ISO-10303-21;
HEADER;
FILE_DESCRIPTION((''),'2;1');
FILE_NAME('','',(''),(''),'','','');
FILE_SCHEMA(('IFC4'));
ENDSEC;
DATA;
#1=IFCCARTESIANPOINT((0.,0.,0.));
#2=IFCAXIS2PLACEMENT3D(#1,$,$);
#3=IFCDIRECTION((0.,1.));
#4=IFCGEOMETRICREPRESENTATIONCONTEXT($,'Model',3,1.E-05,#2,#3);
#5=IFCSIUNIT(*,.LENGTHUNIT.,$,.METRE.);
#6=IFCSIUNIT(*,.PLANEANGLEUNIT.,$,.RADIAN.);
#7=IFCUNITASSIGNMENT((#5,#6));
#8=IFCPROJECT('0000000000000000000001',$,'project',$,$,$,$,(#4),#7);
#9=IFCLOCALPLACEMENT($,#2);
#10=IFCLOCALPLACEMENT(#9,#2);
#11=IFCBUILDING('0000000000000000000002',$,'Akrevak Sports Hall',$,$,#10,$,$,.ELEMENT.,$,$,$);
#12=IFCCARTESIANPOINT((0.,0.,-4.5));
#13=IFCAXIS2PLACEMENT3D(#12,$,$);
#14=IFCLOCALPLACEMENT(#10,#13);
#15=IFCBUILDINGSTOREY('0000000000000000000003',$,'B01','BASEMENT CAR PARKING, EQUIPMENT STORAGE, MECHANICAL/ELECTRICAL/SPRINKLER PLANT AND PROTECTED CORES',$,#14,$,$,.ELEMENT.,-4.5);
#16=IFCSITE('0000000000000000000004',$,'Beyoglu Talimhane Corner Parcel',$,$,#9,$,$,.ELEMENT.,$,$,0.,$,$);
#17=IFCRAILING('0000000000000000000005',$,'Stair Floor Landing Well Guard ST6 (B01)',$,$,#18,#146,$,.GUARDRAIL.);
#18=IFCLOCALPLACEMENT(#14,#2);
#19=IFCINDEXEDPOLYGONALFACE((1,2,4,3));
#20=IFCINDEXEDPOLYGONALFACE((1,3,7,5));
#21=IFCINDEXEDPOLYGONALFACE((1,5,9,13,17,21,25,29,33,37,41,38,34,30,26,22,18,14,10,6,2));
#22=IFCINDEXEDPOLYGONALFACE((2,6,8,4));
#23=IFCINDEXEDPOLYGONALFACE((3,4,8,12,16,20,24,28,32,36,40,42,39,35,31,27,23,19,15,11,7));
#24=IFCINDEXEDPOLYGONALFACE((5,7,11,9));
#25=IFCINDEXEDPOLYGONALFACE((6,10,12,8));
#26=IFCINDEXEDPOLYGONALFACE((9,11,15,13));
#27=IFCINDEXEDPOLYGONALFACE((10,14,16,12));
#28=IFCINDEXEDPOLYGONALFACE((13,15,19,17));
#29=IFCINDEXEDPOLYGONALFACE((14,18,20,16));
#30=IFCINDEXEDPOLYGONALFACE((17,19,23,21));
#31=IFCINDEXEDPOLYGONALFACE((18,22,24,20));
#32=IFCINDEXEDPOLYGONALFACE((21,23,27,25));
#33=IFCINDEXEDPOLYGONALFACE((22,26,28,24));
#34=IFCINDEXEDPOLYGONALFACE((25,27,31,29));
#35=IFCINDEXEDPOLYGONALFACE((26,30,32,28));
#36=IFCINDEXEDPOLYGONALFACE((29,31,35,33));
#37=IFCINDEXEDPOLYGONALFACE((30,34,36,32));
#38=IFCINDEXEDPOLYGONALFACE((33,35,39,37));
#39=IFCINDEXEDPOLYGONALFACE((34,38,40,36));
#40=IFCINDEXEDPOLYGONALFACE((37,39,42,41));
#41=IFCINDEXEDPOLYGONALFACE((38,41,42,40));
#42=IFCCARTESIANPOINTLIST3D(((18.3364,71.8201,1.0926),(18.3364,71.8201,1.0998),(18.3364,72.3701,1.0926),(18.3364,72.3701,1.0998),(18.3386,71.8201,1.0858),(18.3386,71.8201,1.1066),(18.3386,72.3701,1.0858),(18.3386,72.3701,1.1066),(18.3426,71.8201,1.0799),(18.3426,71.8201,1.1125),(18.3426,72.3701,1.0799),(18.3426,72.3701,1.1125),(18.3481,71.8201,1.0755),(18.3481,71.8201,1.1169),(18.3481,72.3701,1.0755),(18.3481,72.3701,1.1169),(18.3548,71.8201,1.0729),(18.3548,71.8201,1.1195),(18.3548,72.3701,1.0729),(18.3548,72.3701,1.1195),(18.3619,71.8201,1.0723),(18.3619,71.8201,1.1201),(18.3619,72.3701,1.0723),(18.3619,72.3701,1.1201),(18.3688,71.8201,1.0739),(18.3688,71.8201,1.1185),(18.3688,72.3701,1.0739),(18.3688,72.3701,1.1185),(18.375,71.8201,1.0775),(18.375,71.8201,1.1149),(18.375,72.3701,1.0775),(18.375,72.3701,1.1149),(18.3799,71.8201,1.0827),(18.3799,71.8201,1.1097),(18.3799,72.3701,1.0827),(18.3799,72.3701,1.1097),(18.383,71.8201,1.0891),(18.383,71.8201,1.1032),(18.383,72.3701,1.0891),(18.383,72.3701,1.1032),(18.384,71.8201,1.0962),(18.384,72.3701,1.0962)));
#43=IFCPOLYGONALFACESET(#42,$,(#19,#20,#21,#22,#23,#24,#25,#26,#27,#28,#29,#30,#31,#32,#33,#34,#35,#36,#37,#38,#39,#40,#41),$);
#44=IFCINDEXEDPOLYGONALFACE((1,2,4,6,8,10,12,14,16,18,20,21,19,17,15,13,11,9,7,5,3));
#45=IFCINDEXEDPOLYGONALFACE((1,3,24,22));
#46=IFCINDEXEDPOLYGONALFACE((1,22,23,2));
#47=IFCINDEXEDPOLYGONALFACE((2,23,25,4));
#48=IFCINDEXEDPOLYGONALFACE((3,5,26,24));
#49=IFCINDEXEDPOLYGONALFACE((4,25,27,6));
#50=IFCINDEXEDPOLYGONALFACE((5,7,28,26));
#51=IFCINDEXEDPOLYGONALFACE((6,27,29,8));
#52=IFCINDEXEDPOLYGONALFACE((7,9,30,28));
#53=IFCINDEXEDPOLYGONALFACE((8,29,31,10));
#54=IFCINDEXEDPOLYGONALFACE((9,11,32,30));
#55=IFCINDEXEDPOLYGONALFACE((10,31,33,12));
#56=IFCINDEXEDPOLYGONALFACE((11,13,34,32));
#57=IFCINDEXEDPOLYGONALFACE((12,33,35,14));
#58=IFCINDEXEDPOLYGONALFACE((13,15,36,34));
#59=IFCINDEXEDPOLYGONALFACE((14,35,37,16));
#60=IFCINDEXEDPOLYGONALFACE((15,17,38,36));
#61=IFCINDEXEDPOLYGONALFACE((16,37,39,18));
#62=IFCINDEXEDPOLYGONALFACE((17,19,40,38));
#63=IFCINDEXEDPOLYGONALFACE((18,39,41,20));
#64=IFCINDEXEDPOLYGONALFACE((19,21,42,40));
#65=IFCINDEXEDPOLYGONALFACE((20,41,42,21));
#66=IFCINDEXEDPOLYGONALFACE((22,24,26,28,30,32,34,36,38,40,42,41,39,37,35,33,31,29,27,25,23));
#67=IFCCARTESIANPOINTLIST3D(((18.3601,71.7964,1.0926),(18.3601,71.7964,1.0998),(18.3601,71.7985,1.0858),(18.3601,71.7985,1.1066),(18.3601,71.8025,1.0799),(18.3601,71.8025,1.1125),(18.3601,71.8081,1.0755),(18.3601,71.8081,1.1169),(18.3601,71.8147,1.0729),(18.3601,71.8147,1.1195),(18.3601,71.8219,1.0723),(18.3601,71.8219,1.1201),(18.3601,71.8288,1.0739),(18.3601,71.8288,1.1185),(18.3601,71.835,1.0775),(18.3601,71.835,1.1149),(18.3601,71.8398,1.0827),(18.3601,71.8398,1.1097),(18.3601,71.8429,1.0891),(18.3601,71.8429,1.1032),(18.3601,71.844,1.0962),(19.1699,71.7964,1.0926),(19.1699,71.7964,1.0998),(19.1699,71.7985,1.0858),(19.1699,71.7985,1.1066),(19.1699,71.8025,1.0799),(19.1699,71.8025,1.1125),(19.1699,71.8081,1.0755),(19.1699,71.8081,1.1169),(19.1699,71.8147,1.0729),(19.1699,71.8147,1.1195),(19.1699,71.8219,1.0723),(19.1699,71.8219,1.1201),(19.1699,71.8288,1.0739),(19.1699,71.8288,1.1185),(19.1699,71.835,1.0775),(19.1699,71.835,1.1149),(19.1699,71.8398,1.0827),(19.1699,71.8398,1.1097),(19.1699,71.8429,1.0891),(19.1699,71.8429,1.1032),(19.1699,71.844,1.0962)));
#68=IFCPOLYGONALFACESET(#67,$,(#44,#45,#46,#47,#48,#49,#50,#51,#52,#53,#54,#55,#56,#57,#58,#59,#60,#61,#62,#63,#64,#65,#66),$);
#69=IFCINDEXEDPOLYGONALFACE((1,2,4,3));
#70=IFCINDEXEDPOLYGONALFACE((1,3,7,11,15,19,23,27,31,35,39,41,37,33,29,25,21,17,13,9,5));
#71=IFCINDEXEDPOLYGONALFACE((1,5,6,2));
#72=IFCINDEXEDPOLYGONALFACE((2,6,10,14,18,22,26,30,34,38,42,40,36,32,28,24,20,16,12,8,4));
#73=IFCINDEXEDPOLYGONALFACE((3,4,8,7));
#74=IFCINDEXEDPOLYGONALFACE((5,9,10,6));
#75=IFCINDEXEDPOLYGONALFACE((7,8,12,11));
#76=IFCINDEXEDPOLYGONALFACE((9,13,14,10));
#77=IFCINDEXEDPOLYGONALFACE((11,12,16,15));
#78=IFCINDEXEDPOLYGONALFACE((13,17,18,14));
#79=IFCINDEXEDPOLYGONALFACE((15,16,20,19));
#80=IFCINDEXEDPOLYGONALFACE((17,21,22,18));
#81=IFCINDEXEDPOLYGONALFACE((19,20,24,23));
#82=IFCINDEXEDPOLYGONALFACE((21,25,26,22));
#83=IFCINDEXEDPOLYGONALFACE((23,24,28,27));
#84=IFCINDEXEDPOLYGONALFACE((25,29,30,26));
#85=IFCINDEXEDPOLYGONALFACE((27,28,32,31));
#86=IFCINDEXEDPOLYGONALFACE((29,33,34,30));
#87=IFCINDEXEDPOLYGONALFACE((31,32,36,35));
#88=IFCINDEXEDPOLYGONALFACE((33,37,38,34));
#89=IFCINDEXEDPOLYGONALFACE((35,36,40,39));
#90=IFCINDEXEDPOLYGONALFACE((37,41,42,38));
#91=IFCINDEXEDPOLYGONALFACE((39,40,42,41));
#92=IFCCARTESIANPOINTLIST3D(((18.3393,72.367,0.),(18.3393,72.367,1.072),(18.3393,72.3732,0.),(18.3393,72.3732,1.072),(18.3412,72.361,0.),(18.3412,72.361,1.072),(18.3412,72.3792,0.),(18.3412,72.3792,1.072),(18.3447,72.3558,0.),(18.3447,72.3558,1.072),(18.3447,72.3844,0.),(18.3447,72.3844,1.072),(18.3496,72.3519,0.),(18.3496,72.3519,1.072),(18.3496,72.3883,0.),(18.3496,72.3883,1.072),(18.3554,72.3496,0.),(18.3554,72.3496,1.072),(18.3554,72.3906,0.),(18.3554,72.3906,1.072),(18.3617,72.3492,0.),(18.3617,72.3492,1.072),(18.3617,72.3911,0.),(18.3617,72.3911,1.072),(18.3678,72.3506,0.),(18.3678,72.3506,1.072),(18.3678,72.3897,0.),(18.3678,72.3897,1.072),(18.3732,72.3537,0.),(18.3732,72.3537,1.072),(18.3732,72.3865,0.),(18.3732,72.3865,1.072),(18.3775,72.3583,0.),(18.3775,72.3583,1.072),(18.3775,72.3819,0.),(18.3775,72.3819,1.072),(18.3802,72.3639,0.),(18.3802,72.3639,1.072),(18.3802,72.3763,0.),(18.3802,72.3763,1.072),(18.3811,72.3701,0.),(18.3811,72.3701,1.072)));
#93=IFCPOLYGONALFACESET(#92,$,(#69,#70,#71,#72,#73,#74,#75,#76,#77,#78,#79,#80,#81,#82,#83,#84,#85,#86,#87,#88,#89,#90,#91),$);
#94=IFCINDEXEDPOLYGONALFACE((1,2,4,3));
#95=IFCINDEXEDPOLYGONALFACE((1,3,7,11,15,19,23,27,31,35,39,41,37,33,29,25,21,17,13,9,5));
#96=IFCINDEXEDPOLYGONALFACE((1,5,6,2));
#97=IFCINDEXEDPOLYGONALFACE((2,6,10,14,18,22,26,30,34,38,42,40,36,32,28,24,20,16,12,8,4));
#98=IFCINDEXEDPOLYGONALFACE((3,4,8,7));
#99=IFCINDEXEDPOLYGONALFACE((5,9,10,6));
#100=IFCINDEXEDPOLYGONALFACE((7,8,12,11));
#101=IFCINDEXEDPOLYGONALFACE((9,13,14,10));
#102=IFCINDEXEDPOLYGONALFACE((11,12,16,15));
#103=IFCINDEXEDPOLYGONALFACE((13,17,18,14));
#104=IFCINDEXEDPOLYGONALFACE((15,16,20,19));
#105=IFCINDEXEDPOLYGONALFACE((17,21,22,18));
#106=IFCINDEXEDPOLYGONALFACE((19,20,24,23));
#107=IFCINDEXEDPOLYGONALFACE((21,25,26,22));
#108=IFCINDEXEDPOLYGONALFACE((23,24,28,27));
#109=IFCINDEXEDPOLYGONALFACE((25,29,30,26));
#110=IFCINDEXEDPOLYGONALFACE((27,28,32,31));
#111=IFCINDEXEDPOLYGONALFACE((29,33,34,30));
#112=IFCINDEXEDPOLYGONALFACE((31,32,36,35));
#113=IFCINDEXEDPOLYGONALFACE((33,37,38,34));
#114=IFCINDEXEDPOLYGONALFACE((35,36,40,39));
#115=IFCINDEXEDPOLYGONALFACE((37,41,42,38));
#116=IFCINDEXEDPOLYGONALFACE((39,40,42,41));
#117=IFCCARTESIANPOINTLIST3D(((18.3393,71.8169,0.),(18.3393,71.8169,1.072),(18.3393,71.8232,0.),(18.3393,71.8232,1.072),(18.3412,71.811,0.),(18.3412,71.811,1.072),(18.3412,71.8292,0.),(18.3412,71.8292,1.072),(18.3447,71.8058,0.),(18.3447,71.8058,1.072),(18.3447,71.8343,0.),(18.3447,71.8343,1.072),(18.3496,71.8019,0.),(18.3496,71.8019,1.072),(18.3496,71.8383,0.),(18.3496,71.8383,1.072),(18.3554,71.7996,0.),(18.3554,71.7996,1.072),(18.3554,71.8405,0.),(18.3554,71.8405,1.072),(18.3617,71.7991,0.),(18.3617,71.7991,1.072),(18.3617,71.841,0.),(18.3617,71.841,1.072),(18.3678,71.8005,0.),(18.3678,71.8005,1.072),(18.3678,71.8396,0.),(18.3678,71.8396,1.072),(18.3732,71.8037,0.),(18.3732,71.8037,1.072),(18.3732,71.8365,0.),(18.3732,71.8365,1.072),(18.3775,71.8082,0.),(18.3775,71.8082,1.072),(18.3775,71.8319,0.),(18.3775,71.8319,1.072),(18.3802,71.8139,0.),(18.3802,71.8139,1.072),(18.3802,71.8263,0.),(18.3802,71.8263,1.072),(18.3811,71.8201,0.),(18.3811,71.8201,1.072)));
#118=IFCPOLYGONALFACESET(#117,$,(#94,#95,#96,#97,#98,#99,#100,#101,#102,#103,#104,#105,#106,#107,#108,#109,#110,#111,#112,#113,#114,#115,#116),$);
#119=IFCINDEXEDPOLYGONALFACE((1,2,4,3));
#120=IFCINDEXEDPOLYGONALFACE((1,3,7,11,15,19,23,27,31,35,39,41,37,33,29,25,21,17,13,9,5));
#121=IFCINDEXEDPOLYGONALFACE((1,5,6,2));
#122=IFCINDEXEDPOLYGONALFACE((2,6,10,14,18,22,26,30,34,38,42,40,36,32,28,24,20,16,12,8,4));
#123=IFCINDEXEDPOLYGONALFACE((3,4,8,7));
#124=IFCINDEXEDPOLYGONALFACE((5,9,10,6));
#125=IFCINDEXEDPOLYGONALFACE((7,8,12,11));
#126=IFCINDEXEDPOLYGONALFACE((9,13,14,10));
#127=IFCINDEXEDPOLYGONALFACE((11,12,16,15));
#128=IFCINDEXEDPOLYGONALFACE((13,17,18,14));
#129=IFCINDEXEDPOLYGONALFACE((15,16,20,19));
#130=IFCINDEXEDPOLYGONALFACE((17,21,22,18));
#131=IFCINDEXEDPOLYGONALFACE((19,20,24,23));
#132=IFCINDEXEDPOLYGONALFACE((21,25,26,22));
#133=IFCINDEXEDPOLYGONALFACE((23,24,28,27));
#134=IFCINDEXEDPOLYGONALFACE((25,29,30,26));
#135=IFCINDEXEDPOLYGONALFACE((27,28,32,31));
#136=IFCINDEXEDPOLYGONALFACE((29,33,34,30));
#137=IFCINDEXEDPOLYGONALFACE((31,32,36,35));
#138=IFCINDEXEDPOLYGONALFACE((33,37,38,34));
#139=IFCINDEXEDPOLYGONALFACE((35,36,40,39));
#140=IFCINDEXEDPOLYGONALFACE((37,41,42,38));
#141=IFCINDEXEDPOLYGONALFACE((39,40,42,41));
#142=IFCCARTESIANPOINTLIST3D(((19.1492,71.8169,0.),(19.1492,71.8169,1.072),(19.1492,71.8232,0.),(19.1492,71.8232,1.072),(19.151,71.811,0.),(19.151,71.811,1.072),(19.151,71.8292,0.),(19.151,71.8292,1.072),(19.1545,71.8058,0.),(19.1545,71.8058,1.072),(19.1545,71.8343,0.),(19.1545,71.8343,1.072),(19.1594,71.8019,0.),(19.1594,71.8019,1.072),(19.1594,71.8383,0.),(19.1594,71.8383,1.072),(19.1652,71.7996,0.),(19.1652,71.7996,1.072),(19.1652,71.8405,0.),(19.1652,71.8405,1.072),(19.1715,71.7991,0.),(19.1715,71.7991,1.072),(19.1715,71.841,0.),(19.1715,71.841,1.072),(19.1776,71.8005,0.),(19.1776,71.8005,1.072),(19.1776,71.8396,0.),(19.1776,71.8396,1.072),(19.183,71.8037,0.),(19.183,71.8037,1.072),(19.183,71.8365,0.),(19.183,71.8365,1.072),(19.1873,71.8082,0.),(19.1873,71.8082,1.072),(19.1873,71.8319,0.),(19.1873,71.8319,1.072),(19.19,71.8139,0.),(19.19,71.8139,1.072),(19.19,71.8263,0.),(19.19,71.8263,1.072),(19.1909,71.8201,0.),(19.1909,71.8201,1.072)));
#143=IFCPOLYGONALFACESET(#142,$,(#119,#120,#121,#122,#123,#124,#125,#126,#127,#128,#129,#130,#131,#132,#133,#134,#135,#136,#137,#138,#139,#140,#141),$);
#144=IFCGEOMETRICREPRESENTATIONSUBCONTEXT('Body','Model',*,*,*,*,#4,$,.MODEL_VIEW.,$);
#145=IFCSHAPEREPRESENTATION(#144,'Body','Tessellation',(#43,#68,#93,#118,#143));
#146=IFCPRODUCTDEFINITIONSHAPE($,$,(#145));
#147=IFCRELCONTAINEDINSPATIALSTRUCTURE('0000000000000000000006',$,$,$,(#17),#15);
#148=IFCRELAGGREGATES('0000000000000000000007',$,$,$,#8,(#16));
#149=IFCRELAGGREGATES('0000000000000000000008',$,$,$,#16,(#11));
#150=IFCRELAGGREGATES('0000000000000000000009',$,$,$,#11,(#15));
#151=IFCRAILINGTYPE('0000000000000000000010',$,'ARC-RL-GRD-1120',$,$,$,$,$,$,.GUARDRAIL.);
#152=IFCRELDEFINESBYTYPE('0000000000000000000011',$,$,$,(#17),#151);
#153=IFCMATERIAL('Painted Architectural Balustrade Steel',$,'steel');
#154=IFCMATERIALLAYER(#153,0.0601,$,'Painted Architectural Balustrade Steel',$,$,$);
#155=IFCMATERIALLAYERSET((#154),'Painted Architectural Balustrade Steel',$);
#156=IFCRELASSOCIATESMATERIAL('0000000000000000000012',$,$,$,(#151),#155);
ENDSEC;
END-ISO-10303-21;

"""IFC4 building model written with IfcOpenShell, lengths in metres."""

from ifc_helpers import new_model, si_unit, direction, frame, origin, origin_2d, place, context, subcontext, project, spatial, circle, extrude, material, layer, layer_set, type_object, element, save


model = new_model("IFC4")

# Units and contexts
model_context = context("Model", 3, precision=1e-05, world=origin(), true_north=direction((0.0, 1.0)))
body_context = subcontext(model_context, "Body", "Model", "MODEL_VIEW")
ifc_project = project(units=[si_unit("LENGTHUNIT", "METRE"), si_unit("PLANEANGLEUNIT", "RADIAN")], contexts=[model_context])

# Site, building, storey
site_placement = place(None, origin())
site = spatial("IfcSite", under=ifc_project, at=site_placement, Name="Beyoglu Talimhane Corner Parcel", CompositionType="ELEMENT", RefElevation=0.0)
building_placement = place(site_placement, origin())
building = spatial("IfcBuilding", under=site, at=building_placement, Name="Akrevak Sports Hall", CompositionType="ELEMENT")
storey_placement = place(building_placement, frame((0.0, 0.0, -4.5)))
storey = spatial("IfcBuildingStorey", under=building, at=storey_placement, Name="B01", Description="BASEMENT CAR PARKING, EQUIPMENT STORAGE, MECHANICAL/ELECTRICAL/SPRINKLER PLANT AND PROTECTED CORES", CompositionType="ELEMENT", Elevation=-4.5)

# Railing
ifc_material_1 = material(Name="Painted Architectural Balustrade Steel", Category="steel")
ifc_layer_1 = layer(ifc_material_1, 0.0601, Name="Painted Architectural Balustrade Steel")
ifc_layer_set_1 = layer_set([ifc_layer_1], Name="Painted Architectural Balustrade Steel")
railing_type_1 = type_object("IfcRailingType", Name="ARC-RL-GRD-1120", PredefinedType="GUARDRAIL", material=ifc_layer_set_1)
railing_1_placement = place(storey_placement, frame((18.3601, 72.3701, 0.0)))
element("IfcRailing", 1, at=railing_1_placement, inside=storey, type_object=railing_type_1, Name="Stair Floor Landing Well Guard ST6 (B01)", PredefinedType="GUARDRAIL", context=body_context, shape_type="SweptSolid", body=[
    extrude(circle(Radius=0.0239, at=origin_2d()), frame((0.0, 0.0, 1.0962), z_axis=(0.0, -1.0, 0.0), x_axis=(1.0, 0.0, 0.0)), (0.0, 0.0, 1.0), 0.55),
    extrude(circle(Radius=0.0239, at=origin_2d()), frame((0.0, -0.55, 1.0962), z_axis=(1.0, 0.0, 0.0), x_axis=(0.0, 1.0, 0.0)), (0.0, 0.0, 1.0), 0.8098),
    extrude(circle(Radius=0.021, at=origin_2d()), origin(), (0.0, 0.0, 1.0), 1.072),
    extrude(circle(Radius=0.021, at=origin_2d()), frame((0.0, -0.55, 0.0)), (0.0, 0.0, 1.0), 1.072),
    extrude(circle(Radius=0.021, at=origin_2d()), frame((0.8098, -0.55, 0.0)), (0.0, 0.0, 1.0), 1.072),
])

save(model, "model.ifc")
